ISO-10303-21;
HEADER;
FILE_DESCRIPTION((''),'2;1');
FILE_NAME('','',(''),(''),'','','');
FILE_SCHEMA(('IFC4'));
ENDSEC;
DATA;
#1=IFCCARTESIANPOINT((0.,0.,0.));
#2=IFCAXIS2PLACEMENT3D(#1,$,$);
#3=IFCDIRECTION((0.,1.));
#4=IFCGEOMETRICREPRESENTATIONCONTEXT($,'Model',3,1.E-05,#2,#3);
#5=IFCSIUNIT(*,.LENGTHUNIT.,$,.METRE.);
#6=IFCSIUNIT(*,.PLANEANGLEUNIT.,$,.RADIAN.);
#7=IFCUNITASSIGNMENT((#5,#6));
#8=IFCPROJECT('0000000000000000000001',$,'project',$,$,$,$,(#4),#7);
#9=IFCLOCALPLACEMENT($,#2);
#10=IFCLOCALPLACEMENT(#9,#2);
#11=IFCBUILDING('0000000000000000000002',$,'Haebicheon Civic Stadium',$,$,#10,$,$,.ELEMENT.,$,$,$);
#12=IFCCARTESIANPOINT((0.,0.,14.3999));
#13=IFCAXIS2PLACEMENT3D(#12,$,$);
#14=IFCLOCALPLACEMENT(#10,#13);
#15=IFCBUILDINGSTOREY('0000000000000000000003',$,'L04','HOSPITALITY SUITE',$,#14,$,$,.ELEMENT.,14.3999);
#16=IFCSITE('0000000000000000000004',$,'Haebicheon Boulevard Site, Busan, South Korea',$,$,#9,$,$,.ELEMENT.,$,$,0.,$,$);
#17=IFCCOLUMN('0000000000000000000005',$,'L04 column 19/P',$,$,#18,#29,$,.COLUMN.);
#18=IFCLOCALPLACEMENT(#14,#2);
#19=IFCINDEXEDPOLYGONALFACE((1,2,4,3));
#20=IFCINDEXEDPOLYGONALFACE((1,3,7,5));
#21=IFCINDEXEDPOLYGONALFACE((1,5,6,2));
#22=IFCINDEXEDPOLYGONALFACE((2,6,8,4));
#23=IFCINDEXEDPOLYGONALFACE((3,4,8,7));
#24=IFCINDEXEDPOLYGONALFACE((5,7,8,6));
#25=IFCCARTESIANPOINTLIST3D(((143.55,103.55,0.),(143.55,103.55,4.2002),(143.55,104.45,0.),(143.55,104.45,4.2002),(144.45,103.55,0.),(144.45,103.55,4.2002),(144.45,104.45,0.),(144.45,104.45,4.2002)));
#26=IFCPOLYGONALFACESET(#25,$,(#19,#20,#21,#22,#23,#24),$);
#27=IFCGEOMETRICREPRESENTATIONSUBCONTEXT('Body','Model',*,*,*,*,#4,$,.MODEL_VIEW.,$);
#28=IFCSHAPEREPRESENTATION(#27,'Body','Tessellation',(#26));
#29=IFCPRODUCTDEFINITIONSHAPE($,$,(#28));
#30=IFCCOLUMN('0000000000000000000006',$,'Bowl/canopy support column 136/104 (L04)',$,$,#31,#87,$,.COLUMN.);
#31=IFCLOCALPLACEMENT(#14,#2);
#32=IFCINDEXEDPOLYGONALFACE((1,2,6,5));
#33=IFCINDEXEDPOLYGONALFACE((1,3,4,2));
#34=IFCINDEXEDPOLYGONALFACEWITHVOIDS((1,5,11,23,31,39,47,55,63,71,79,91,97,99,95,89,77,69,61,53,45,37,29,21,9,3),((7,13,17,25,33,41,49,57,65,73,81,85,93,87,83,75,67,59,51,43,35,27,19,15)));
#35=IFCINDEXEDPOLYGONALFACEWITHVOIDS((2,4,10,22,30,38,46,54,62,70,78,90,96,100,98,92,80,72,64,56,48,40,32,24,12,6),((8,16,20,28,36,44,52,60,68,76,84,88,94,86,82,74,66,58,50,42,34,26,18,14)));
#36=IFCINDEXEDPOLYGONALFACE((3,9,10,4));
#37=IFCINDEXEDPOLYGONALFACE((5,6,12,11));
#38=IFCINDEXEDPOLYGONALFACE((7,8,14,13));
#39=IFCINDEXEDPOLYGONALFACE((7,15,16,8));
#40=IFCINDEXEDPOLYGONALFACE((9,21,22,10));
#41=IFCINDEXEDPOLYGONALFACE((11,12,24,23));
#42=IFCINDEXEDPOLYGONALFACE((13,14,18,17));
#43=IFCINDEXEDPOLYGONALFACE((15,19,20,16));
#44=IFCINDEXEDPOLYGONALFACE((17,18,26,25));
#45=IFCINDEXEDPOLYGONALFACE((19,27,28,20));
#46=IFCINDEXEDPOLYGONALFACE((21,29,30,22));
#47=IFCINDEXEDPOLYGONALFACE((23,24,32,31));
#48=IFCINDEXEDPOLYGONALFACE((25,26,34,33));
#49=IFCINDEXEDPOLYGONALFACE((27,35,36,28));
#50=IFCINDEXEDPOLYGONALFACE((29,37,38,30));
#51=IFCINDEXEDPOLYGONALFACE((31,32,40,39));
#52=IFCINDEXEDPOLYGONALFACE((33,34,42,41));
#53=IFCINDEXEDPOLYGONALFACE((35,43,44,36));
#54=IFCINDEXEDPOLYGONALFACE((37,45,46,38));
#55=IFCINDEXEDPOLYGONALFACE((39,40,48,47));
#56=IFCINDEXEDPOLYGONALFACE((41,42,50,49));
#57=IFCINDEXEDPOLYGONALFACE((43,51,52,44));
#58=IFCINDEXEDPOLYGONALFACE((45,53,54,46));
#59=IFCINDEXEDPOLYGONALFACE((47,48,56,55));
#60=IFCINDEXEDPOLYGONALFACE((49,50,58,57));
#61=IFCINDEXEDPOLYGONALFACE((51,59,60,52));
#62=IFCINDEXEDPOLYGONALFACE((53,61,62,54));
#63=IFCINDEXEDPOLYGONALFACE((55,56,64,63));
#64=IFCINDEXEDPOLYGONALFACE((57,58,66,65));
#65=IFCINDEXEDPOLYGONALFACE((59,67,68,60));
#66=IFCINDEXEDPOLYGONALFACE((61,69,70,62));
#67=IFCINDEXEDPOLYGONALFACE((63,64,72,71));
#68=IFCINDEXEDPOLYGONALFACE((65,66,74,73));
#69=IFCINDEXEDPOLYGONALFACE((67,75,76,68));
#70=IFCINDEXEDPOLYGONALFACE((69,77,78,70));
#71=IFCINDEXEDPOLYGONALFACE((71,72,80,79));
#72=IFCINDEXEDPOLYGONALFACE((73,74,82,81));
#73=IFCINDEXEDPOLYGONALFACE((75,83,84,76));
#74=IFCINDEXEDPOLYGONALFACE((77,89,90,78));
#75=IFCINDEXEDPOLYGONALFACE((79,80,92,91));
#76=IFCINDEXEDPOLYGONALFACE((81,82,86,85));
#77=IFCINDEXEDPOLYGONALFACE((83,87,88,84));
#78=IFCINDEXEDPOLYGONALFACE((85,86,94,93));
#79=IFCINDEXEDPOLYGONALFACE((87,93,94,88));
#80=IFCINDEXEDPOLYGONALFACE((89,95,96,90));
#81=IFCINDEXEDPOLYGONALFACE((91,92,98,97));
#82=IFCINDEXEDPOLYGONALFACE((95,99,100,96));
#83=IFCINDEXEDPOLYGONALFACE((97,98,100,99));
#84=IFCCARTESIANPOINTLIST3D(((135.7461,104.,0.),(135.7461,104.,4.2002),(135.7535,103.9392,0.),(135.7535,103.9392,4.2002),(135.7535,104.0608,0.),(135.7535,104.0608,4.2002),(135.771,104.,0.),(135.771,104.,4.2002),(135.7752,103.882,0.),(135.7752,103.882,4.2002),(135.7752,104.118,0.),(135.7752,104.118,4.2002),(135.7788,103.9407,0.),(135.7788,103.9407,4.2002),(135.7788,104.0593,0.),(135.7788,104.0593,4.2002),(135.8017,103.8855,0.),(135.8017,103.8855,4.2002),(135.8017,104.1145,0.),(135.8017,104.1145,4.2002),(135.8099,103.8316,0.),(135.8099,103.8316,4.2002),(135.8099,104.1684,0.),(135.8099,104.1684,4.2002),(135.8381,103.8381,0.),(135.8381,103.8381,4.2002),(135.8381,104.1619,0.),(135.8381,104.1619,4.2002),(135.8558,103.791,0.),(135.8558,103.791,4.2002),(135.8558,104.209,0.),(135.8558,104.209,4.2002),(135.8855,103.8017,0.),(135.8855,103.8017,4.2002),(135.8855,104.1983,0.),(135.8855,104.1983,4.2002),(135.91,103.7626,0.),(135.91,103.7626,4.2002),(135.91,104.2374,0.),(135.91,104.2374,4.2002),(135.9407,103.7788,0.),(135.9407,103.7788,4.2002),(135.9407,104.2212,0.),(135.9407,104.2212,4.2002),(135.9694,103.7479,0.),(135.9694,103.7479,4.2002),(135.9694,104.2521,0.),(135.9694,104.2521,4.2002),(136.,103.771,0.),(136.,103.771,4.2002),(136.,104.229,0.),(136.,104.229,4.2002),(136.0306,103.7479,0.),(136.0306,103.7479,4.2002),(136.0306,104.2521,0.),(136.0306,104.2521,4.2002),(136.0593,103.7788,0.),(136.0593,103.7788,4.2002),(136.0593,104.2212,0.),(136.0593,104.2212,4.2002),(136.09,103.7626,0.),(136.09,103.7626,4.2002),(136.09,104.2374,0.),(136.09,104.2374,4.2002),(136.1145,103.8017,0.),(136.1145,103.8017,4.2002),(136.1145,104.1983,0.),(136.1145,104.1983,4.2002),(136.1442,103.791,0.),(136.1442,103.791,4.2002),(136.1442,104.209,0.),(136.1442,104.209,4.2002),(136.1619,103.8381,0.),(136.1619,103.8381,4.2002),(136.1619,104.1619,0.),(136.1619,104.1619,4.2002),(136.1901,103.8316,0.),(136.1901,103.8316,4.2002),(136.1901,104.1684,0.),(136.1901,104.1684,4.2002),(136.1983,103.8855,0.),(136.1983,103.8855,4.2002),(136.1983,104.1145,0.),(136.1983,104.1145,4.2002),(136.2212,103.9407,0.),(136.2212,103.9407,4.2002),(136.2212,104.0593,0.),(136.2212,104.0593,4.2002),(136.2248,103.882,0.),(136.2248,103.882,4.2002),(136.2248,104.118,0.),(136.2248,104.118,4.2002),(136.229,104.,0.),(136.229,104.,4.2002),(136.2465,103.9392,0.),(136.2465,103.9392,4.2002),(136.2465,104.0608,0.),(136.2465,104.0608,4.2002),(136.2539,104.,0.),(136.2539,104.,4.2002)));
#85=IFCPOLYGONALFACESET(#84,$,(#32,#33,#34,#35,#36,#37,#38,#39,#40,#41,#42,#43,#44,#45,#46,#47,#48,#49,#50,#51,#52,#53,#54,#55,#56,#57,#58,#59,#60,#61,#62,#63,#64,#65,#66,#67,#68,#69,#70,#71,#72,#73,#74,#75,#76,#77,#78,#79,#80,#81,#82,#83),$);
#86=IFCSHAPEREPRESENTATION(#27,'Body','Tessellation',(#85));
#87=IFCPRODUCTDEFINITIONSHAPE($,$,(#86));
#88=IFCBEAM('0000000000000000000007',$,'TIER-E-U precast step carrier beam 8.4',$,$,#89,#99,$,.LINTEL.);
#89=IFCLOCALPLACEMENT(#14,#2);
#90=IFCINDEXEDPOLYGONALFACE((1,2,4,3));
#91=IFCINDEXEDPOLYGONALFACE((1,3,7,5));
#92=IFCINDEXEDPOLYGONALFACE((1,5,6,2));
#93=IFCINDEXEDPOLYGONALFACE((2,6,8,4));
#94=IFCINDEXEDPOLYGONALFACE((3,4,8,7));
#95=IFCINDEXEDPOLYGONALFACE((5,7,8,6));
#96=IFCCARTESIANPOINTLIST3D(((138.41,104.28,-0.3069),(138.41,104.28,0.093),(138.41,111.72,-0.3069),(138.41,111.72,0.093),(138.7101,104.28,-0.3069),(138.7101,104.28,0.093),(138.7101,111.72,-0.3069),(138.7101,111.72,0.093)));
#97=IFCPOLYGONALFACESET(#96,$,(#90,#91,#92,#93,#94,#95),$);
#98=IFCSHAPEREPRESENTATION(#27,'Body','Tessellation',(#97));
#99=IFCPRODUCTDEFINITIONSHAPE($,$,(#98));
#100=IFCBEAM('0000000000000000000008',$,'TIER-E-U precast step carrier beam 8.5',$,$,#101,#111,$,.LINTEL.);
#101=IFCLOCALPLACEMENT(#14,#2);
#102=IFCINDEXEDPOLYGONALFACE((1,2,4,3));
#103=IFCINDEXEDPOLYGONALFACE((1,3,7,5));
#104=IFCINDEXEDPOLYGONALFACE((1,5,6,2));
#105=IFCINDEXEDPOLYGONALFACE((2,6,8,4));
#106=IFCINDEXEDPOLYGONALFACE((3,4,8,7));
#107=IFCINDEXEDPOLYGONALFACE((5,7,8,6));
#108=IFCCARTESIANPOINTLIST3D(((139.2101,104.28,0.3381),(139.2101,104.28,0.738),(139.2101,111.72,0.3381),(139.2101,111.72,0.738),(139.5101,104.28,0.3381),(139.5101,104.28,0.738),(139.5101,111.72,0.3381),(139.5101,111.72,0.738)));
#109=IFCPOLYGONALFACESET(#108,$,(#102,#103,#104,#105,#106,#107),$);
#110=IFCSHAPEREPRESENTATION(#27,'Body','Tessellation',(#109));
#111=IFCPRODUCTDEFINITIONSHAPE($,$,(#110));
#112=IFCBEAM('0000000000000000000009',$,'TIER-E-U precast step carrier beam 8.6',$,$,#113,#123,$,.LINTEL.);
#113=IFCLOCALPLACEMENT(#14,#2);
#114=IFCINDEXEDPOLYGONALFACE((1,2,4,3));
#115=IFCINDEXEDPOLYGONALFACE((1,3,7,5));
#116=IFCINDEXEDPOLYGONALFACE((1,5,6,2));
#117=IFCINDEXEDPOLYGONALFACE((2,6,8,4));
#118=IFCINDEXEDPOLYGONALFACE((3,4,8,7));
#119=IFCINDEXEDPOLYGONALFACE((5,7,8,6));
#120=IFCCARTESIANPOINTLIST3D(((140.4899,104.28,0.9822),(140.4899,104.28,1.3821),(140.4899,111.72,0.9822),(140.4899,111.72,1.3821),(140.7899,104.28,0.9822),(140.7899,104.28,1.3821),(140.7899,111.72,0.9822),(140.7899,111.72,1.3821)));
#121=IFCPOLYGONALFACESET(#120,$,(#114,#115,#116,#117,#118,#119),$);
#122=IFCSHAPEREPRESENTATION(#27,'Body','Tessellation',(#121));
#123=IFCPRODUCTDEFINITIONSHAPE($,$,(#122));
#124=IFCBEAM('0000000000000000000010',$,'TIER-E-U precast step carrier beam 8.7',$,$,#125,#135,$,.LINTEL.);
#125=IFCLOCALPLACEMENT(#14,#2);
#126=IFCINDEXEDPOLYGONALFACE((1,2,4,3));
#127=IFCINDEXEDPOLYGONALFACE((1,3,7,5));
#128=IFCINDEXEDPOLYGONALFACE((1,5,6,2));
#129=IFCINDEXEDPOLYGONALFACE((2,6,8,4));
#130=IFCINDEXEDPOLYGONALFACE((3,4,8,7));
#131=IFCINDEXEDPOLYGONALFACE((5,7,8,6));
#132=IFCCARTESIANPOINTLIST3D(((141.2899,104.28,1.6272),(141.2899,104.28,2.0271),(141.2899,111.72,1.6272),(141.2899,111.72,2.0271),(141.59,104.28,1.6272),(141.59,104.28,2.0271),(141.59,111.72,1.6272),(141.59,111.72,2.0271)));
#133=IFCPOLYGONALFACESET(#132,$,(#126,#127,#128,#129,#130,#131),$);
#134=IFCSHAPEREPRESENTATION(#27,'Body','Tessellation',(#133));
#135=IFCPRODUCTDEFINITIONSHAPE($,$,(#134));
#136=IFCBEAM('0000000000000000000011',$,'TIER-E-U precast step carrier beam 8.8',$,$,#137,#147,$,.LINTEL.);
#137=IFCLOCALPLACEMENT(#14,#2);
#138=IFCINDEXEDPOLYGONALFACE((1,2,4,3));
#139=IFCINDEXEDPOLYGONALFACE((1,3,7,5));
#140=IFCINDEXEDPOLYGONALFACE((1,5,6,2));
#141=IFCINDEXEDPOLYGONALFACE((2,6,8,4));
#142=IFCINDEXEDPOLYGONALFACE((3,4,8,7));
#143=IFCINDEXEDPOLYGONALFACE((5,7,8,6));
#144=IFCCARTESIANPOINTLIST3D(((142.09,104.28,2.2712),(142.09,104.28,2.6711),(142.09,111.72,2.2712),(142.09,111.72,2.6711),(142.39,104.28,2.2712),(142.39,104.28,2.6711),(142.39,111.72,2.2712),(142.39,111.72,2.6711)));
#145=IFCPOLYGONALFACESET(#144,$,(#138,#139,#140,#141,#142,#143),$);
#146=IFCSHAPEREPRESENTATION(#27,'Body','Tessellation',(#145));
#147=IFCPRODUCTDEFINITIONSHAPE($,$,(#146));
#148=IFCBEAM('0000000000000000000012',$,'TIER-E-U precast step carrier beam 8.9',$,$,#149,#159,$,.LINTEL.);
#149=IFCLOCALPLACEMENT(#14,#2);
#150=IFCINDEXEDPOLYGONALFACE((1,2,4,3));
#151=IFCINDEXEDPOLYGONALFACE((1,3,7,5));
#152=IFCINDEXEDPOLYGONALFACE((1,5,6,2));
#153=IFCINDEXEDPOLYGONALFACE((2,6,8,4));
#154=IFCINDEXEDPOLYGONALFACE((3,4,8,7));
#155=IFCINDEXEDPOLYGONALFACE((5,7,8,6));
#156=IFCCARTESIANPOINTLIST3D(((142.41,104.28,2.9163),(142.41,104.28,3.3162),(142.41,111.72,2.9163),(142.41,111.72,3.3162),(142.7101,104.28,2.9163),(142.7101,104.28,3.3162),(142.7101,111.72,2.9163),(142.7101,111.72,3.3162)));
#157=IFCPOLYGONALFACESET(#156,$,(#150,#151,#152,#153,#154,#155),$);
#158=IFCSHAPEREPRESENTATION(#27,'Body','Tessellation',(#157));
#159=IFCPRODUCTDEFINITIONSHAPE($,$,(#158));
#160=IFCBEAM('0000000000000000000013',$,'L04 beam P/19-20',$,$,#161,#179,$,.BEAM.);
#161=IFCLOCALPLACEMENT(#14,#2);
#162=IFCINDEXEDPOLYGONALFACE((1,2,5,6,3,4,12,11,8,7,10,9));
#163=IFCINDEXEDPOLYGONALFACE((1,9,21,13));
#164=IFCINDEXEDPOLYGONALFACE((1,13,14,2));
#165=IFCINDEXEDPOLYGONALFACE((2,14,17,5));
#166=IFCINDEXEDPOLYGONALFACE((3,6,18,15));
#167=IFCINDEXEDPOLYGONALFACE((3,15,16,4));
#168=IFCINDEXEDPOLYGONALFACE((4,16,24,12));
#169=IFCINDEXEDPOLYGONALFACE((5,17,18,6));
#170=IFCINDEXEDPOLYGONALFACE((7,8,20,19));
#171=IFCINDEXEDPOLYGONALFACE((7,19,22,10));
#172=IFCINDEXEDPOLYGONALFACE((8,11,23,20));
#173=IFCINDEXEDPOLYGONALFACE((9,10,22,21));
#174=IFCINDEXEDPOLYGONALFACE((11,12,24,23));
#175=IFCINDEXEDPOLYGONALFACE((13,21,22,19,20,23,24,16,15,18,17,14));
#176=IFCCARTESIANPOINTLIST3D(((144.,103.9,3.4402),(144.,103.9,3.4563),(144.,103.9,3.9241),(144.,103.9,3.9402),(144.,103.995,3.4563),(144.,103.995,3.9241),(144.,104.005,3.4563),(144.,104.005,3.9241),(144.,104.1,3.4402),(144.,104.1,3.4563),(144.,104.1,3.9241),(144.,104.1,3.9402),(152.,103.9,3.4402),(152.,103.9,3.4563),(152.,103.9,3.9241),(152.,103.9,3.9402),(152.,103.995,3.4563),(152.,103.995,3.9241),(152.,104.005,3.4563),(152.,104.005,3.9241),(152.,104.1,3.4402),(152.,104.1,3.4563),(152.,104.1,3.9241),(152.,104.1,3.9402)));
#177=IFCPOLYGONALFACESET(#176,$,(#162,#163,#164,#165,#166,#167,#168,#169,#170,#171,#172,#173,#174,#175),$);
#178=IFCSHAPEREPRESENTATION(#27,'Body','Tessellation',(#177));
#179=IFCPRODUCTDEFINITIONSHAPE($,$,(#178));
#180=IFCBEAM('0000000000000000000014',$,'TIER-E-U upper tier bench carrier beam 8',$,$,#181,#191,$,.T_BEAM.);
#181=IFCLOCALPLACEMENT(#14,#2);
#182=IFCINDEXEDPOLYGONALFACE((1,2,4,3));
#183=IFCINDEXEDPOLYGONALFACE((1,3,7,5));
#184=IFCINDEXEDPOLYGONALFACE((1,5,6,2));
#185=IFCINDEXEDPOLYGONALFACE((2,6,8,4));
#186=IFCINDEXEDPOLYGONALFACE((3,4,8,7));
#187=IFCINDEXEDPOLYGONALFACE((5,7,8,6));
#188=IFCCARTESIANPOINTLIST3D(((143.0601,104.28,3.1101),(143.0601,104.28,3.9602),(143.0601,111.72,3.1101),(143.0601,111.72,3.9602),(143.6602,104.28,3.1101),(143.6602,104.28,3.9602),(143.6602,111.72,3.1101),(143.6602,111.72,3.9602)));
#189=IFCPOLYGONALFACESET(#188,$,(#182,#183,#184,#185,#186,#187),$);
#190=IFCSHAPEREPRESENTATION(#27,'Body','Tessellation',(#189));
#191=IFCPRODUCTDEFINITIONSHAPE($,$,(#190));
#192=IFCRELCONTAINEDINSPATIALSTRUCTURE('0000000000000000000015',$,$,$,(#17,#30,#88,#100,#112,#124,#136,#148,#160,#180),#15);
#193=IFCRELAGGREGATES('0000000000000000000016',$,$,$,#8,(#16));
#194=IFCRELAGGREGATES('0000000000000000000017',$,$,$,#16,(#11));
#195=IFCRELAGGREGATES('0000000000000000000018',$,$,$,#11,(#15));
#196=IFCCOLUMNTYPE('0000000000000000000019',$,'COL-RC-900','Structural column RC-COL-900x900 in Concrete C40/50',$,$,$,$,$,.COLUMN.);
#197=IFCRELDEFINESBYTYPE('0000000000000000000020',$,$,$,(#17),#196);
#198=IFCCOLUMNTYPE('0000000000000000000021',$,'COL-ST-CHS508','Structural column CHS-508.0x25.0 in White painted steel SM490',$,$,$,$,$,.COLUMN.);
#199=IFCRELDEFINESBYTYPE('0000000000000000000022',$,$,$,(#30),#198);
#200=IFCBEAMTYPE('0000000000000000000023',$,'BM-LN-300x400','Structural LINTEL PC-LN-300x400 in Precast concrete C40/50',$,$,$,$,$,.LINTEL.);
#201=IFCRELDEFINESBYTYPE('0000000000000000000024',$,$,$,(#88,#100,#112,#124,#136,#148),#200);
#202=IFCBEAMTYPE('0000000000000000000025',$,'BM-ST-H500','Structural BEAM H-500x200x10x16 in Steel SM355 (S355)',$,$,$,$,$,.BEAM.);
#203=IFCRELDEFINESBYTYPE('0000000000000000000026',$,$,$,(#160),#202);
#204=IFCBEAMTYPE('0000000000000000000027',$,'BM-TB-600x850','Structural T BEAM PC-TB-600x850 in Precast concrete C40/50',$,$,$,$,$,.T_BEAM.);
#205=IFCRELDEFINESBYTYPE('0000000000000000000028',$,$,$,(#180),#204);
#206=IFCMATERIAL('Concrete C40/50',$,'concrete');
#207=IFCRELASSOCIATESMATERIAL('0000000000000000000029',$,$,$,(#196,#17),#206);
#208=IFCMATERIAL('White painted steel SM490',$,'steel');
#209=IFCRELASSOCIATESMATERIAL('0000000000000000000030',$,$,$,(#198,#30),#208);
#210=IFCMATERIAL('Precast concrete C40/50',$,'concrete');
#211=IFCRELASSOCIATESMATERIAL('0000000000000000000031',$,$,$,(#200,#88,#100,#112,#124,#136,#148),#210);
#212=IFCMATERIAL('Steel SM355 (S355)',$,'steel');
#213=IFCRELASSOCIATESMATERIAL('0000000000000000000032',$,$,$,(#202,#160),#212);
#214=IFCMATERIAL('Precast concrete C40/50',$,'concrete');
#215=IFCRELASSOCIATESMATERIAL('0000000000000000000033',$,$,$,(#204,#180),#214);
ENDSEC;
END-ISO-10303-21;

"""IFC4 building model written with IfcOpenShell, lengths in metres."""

from ifc_helpers import new_model, si_unit, direction, frame, origin, origin_2d, place, context, subcontext, project, spatial, rectangle, hollow_circle, i_section, extrude, material, material_profile, profile_set, type_object, element, save


model = new_model("IFC4")

# Units and contexts
model_context = context("Model", 3, precision=1e-05, world=origin(), true_north=direction((0.0, 1.0)))
body_context = subcontext(model_context, "Body", "Model", "MODEL_VIEW")
ifc_project = project(units=[si_unit("LENGTHUNIT", "METRE"), si_unit("PLANEANGLEUNIT", "RADIAN")], contexts=[model_context])

# Site, building, storey
site_placement = place(None, origin())
site = spatial("IfcSite", under=ifc_project, at=site_placement, Name="Haebicheon Boulevard Site, Busan, South Korea", CompositionType="ELEMENT", RefElevation=0.0)
building_placement = place(site_placement, origin())
building = spatial("IfcBuilding", under=site, at=building_placement, Name="Haebicheon Civic Stadium", CompositionType="ELEMENT")
storey_placement = place(building_placement, frame((0.0, 0.0, 14.3999)))
storey = spatial("IfcBuildingStorey", under=building, at=storey_placement, Name="L04", Description="HOSPITALITY SUITE", CompositionType="ELEMENT", Elevation=14.3999)

# Columns
ifc_material_1 = material(Name="Concrete C40/50", Category="concrete")
ifc_material_profile_1 = material_profile(ifc_material_1, rectangle(XDim=0.8999, YDim=0.8999, at=origin_2d()), Name="RC-COL-900x900")
ifc_profile_set_1 = profile_set([ifc_material_profile_1], Name="Concrete C40/50")
column_type_1 = type_object("IfcColumnType", Name="COL-RC-900", Description="Structural column RC-COL-900x900 in Concrete C40/50", PredefinedType="COLUMN", material=ifc_profile_set_1)
column_1_placement = place(storey_placement, frame((144.0, 104.0, 0.0), z_axis=(0.0, 0.0, 1.0), x_axis=(1.0, 0.0, 0.0)))
element("IfcColumn", 1, at=column_1_placement, inside=storey, type_object=column_type_1, material=ifc_profile_set_1, Name="L04 column 19/P", PredefinedType="COLUMN", context=body_context, shape_type="SweptSolid", body=[
    extrude(rectangle(XDim=0.8999, YDim=0.8999, at=origin_2d()), origin(), (0.0, 0.0, 1.0), 4.2002),
])
ifc_material_2 = material(Name="White painted steel SM490", Category="steel")
ifc_material_profile_2 = material_profile(ifc_material_2, hollow_circle(Radius=0.2539, WallThickness=0.0249, at=origin_2d()), Name="CHS-508.0x25.0")
ifc_profile_set_2 = profile_set([ifc_material_profile_2], Name="White painted steel SM490")
column_type_2 = type_object("IfcColumnType", Name="COL-ST-CHS508", Description="Structural column CHS-508.0x25.0 in White painted steel SM490", PredefinedType="COLUMN", material=ifc_profile_set_2)
column_2_placement = place(storey_placement, frame((136.0, 104.0, 0.0), z_axis=(0.0, 0.0, 1.0), x_axis=(1.0, 0.0, 0.0)))
element("IfcColumn", 2, at=column_2_placement, inside=storey, type_object=column_type_2, material=ifc_profile_set_2, Name="Bowl/canopy support column 136/104 (L04)", PredefinedType="COLUMN", context=body_context, shape_type="SweptSolid", body=[
    extrude(hollow_circle(Radius=0.2539, WallThickness=0.0249, at=origin_2d()), origin(), (0.0, 0.0, 1.0), 4.2002),
])

# Beams
ifc_material_3 = material(Name="Precast concrete C40/50", Category="concrete")
ifc_material_profile_3 = material_profile(ifc_material_3, rectangle(XDim=0.3, YDim=0.3999, at=origin_2d()), Name="PC-LN-300x400")
ifc_profile_set_3 = profile_set([ifc_material_profile_3], Name="Precast concrete C40/50")
beam_type_1 = type_object("IfcBeamType", Name="BM-LN-300x400", Description="Structural LINTEL PC-LN-300x400 in Precast concrete C40/50", PredefinedType="LINTEL", material=ifc_profile_set_3)
for number, where, z_axis, x_axis, name in (
    (3, (138.5601, 104.28, -0.1069), (0.0, 1.0, 0.0), (-1.0, 0.0, 0.0), "TIER-E-U precast step carrier beam 8.4"),
    (4, (139.3601, 104.28, 0.5381), (0.0, 1.0, 0.0), (-1.0, 0.0, 0.0), "TIER-E-U precast step carrier beam 8.5"),
    (5, (140.6399, 104.28, 1.1821), (0.0, 1.0, 0.0), (-1.0, 0.0, 0.0), "TIER-E-U precast step carrier beam 8.6"),
    (6, (141.4399, 104.28, 1.8271), (0.0, 1.0, 0.0), (-1.0, 0.0, 0.0), "TIER-E-U precast step carrier beam 8.7"),
    (7, (142.24, 104.28, 2.4712), (0.0, 1.0, 0.0), (-1.0, 0.0, 0.0), "TIER-E-U precast step carrier beam 8.8"),
    (8, (142.5601, 104.28, 3.1162), (0.0, 1.0, 0.0), (-1.0, 0.0, 0.0), "TIER-E-U precast step carrier beam 8.9"),
):
    element("IfcBeam", number, at=place(storey_placement, frame(where, z_axis=z_axis, x_axis=x_axis)), inside=storey, type_object=beam_type_1, material=ifc_profile_set_3, Name=name, PredefinedType="LINTEL", context=body_context, shape_type="SweptSolid", body=[
        extrude(rectangle(XDim=0.3, YDim=0.3999, at=origin_2d()), origin(), (0.0, 0.0, 1.0), 7.4399),
    ])
ifc_material_4 = material(Name="Steel SM355 (S355)", Category="steel")
ifc_material_profile_4 = material_profile(ifc_material_4, i_section(OverallWidth=0.2, OverallDepth=0.5, WebThickness=0.01, FlangeThickness=0.0161, at=origin_2d()), Name="H-500x200x10x16")
ifc_profile_set_4 = profile_set([ifc_material_profile_4], Name="Steel SM355 (S355)")
beam_type_2 = type_object("IfcBeamType", Name="BM-ST-H500", Description="Structural BEAM H-500x200x10x16 in Steel SM355 (S355)", PredefinedType="BEAM", material=ifc_profile_set_4)
beam_1_placement = place(storey_placement, frame((144.0, 104.0, 3.6902), z_axis=(1.0, 0.0, 0.0), x_axis=(0.0, 1.0, 0.0)))
element("IfcBeam", 9, at=beam_1_placement, inside=storey, type_object=beam_type_2, material=ifc_profile_set_4, Name="L04 beam P/19-20", PredefinedType="BEAM", context=body_context, shape_type="SweptSolid", body=[
    extrude(i_section(OverallWidth=0.2, OverallDepth=0.5, WebThickness=0.01, FlangeThickness=0.0161, at=origin_2d()), origin(), (0.0, 0.0, 1.0), 8.0),
])
ifc_material_5 = material(Name="Precast concrete C40/50", Category="concrete")
ifc_material_profile_5 = material_profile(ifc_material_5, rectangle(XDim=0.6001, YDim=0.8501, at=origin_2d()), Name="PC-TB-600x850")
ifc_profile_set_5 = profile_set([ifc_material_profile_5], Name="Precast concrete C40/50")
beam_type_3 = type_object("IfcBeamType", Name="BM-TB-600x850", Description="Structural T BEAM PC-TB-600x850 in Precast concrete C40/50", PredefinedType="T_BEAM", material=ifc_profile_set_5)
beam_2_placement = place(storey_placement, frame((143.3601, 104.28, 3.5352), z_axis=(0.0, 1.0, 0.0), x_axis=(-1.0, 0.0, 0.0)))
element("IfcBeam", 10, at=beam_2_placement, inside=storey, type_object=beam_type_3, material=ifc_profile_set_5, Name="TIER-E-U upper tier bench carrier beam 8", PredefinedType="T_BEAM", context=body_context, shape_type="SweptSolid", body=[
    extrude(rectangle(XDim=0.6001, YDim=0.8501, at=origin_2d()), origin(), (0.0, 0.0, 1.0), 7.4399),
])

save(model, "model.ifc")
